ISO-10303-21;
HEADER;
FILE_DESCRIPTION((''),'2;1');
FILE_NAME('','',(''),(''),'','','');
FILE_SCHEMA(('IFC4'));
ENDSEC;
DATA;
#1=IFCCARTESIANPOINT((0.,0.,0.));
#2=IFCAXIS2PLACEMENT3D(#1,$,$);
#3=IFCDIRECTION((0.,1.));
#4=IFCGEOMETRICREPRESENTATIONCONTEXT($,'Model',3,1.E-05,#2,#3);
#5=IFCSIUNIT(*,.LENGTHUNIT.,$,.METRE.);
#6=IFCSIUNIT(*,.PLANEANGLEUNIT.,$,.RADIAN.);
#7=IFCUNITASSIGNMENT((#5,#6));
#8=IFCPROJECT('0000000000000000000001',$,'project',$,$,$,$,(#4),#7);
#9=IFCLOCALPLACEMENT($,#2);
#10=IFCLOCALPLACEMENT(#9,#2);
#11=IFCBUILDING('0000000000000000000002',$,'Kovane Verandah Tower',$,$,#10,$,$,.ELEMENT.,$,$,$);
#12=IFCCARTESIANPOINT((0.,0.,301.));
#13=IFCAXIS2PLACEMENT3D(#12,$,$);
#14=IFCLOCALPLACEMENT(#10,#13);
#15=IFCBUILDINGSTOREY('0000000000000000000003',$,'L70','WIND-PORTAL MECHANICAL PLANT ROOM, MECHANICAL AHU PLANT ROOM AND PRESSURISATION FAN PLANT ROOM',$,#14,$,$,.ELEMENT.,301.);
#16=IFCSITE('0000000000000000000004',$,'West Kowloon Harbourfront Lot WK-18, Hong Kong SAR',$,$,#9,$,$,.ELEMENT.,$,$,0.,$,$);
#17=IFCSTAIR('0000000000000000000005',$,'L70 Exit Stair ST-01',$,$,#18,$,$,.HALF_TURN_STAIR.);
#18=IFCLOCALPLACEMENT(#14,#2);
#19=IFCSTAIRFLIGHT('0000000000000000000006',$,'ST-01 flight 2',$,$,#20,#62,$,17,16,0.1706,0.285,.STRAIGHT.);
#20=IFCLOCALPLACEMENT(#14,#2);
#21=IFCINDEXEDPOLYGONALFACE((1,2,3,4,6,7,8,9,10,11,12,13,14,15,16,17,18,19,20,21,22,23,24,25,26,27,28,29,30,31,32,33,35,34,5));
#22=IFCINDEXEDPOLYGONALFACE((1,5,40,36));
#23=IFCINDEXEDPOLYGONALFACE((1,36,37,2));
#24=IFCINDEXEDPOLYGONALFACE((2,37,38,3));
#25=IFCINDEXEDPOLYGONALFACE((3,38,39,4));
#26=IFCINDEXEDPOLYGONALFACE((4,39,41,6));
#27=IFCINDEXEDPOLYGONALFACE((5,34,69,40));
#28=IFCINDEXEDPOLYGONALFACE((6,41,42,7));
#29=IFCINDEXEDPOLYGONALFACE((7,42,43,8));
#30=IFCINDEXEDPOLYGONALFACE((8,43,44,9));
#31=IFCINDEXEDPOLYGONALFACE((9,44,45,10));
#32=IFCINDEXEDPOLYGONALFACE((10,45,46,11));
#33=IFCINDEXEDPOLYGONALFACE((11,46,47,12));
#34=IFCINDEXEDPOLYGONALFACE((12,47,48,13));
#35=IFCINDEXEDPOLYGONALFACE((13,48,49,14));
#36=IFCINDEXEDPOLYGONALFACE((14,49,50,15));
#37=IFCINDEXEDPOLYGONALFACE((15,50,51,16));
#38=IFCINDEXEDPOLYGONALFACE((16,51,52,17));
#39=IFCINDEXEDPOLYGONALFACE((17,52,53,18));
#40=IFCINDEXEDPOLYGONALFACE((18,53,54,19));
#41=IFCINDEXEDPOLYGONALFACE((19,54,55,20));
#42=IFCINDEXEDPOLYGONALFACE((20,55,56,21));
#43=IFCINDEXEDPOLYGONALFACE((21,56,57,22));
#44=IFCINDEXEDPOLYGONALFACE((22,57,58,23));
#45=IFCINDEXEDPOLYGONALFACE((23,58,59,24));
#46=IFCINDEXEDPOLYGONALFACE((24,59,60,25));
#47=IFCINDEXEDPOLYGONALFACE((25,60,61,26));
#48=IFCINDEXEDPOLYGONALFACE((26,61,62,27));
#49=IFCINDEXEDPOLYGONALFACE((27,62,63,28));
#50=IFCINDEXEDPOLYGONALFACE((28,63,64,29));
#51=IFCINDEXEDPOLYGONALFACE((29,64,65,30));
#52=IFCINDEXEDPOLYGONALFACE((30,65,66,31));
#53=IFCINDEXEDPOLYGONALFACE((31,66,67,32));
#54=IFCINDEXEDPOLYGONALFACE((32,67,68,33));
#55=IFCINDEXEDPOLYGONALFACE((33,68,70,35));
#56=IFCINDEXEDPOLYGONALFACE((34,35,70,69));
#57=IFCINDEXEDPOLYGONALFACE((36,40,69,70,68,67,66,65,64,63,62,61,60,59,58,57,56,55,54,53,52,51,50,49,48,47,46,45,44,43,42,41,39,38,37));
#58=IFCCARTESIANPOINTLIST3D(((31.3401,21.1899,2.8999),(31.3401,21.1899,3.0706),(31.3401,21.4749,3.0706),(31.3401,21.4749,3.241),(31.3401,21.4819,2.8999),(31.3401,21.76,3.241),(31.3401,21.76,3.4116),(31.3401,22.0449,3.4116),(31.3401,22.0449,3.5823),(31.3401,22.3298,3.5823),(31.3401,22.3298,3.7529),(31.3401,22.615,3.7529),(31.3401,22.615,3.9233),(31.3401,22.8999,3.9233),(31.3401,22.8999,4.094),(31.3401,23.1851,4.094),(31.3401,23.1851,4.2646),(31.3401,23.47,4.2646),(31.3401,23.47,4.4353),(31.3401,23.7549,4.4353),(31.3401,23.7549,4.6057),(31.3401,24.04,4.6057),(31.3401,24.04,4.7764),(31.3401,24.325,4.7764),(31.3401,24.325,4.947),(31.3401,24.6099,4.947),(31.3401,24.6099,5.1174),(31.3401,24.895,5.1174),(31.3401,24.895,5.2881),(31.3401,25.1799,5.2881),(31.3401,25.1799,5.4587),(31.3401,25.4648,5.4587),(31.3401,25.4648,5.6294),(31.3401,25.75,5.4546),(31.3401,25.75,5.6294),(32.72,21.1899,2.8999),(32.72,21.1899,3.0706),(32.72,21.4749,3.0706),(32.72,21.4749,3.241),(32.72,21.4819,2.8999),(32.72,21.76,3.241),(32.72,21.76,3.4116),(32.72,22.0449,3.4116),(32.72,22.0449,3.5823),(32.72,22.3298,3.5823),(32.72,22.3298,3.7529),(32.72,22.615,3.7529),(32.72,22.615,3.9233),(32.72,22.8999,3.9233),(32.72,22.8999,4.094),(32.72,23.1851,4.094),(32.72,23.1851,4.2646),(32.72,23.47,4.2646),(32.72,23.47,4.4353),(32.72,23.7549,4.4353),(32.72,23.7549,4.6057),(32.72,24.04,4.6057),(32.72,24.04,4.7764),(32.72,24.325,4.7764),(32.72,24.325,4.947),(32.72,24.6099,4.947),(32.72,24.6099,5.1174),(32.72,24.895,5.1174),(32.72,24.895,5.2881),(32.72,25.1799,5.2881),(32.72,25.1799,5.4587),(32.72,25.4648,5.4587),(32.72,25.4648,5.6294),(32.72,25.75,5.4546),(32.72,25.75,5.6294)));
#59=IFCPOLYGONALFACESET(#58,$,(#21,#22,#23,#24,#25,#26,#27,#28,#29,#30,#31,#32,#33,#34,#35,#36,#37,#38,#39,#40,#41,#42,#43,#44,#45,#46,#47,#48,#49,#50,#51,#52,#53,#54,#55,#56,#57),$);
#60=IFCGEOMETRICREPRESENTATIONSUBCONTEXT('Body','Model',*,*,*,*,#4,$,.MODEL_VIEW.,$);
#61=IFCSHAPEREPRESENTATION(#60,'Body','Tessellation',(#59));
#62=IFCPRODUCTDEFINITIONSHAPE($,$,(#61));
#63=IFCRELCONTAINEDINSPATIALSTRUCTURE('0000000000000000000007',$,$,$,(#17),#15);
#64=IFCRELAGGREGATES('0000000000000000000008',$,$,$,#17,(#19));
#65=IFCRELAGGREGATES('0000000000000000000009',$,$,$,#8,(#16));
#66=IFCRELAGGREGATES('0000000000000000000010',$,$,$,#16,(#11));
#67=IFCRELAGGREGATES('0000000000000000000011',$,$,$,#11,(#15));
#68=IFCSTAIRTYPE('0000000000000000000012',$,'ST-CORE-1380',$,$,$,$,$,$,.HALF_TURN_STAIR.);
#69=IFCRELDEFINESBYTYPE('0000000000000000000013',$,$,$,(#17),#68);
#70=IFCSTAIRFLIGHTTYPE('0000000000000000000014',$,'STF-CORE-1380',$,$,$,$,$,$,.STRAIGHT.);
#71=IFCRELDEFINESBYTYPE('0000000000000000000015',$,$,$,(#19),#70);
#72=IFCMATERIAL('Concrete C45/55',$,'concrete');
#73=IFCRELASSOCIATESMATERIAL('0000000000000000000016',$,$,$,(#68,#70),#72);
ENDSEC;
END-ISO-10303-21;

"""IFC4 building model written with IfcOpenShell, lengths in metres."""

from ifc_helpers import new_model, si_unit, direction, frame, origin, place, context, subcontext, project, spatial, polyline, outline, extrude, material, type_object, element, aggregate, save


model = new_model("IFC4")

# Units and contexts
model_context = context("Model", 3, precision=1e-05, world=origin(), true_north=direction((0.0, 1.0)))
body_context = subcontext(model_context, "Body", "Model", "MODEL_VIEW")
ifc_project = project(units=[si_unit("LENGTHUNIT", "METRE"), si_unit("PLANEANGLEUNIT", "RADIAN")], contexts=[model_context])

# Site, building, storey
site_placement = place(None, origin())
site = spatial("IfcSite", under=ifc_project, at=site_placement, Name="West Kowloon Harbourfront Lot WK-18, Hong Kong SAR", CompositionType="ELEMENT", RefElevation=0.0)
building_placement = place(site_placement, origin())
building = spatial("IfcBuilding", under=site, at=building_placement, Name="Kovane Verandah Tower", CompositionType="ELEMENT")
storey_placement = place(building_placement, frame((0.0, 0.0, 301.0)))
storey = spatial("IfcBuildingStorey", under=building, at=storey_placement, Name="L70", Description="WIND-PORTAL MECHANICAL PLANT ROOM, MECHANICAL AHU PLANT ROOM AND PRESSURISATION FAN PLANT ROOM", CompositionType="ELEMENT", Elevation=301.0)

# Shared definitions
ifc_material_1 = material(Name="Concrete C45/55", Category="concrete")

# Stair, stair flight
stair_type = type_object("IfcStairType", Name="ST-CORE-1380", PredefinedType="HALF_TURN_STAIR", material=ifc_material_1)
stair_placement = place(storey_placement, origin())
stair = element("IfcStair", 1, at=stair_placement, inside=storey, type_object=stair_type, Name="L70 Exit Stair ST-01", PredefinedType="HALF_TURN_STAIR")
stair_flight_type = type_object("IfcStairFlightType", Name="STF-CORE-1380", PredefinedType="STRAIGHT", material=ifc_material_1)
stair_flight_1_placement = place(storey_placement, frame((32.03, 21.1899, 2.8999), z_axis=(0.0, 0.0, 1.0), x_axis=(0.0, 1.0, 0.0)))
stair_flight_1 = element("IfcStairFlight", 2, at=stair_flight_1_placement, type_object=stair_flight_type, Name="ST-01 flight 2", NumberOfRisers=17, NumberOfTreads=16, PredefinedType="STRAIGHT", RiserHeight=0.1706, TreadLength=0.285, context=body_context, shape_type="SweptSolid", body=[
    extrude(outline(polyline([(0.0, 0.0), (0.0, 0.1707), (0.2849, 0.1707), (0.2849, 0.3411), (0.5701, 0.3411), (0.5701, 0.5117), (0.855, 0.5117), (0.855, 0.6824), (1.1399, 0.6824), (1.1399, 0.853), (1.425, 0.853), (1.425, 1.0234), (1.71, 1.0234), (1.71, 1.1941), (1.9951, 1.1941), (1.9951, 1.3647), (2.28, 1.3647), (2.28, 1.5354), (2.5649, 1.5354), (2.5649, 1.7058), (2.8501, 1.7058), (2.8501, 1.8765), (3.135, 1.8765), (3.135, 2.0471), (3.4199, 2.0471), (3.4199, 2.2175), (3.7051, 2.2175), (3.7051, 2.3882), (3.99, 2.3882), (3.99, 2.5588), (4.2749, 2.5588), (4.2749, 2.7295), (4.5601, 2.7295), (4.5601, 2.8999), (4.5601, 2.5547), (0.292, 0.0), (0.0, 0.0)])), frame((0.0, 0.6899, 0.0), z_axis=(0.0, -1.0, 0.0), x_axis=(1.0, 0.0, 0.0)), (0.0, 0.0, 1.0), 1.3799),
])
aggregate(stair, [stair_flight_1])

save(model, "model.ifc")
